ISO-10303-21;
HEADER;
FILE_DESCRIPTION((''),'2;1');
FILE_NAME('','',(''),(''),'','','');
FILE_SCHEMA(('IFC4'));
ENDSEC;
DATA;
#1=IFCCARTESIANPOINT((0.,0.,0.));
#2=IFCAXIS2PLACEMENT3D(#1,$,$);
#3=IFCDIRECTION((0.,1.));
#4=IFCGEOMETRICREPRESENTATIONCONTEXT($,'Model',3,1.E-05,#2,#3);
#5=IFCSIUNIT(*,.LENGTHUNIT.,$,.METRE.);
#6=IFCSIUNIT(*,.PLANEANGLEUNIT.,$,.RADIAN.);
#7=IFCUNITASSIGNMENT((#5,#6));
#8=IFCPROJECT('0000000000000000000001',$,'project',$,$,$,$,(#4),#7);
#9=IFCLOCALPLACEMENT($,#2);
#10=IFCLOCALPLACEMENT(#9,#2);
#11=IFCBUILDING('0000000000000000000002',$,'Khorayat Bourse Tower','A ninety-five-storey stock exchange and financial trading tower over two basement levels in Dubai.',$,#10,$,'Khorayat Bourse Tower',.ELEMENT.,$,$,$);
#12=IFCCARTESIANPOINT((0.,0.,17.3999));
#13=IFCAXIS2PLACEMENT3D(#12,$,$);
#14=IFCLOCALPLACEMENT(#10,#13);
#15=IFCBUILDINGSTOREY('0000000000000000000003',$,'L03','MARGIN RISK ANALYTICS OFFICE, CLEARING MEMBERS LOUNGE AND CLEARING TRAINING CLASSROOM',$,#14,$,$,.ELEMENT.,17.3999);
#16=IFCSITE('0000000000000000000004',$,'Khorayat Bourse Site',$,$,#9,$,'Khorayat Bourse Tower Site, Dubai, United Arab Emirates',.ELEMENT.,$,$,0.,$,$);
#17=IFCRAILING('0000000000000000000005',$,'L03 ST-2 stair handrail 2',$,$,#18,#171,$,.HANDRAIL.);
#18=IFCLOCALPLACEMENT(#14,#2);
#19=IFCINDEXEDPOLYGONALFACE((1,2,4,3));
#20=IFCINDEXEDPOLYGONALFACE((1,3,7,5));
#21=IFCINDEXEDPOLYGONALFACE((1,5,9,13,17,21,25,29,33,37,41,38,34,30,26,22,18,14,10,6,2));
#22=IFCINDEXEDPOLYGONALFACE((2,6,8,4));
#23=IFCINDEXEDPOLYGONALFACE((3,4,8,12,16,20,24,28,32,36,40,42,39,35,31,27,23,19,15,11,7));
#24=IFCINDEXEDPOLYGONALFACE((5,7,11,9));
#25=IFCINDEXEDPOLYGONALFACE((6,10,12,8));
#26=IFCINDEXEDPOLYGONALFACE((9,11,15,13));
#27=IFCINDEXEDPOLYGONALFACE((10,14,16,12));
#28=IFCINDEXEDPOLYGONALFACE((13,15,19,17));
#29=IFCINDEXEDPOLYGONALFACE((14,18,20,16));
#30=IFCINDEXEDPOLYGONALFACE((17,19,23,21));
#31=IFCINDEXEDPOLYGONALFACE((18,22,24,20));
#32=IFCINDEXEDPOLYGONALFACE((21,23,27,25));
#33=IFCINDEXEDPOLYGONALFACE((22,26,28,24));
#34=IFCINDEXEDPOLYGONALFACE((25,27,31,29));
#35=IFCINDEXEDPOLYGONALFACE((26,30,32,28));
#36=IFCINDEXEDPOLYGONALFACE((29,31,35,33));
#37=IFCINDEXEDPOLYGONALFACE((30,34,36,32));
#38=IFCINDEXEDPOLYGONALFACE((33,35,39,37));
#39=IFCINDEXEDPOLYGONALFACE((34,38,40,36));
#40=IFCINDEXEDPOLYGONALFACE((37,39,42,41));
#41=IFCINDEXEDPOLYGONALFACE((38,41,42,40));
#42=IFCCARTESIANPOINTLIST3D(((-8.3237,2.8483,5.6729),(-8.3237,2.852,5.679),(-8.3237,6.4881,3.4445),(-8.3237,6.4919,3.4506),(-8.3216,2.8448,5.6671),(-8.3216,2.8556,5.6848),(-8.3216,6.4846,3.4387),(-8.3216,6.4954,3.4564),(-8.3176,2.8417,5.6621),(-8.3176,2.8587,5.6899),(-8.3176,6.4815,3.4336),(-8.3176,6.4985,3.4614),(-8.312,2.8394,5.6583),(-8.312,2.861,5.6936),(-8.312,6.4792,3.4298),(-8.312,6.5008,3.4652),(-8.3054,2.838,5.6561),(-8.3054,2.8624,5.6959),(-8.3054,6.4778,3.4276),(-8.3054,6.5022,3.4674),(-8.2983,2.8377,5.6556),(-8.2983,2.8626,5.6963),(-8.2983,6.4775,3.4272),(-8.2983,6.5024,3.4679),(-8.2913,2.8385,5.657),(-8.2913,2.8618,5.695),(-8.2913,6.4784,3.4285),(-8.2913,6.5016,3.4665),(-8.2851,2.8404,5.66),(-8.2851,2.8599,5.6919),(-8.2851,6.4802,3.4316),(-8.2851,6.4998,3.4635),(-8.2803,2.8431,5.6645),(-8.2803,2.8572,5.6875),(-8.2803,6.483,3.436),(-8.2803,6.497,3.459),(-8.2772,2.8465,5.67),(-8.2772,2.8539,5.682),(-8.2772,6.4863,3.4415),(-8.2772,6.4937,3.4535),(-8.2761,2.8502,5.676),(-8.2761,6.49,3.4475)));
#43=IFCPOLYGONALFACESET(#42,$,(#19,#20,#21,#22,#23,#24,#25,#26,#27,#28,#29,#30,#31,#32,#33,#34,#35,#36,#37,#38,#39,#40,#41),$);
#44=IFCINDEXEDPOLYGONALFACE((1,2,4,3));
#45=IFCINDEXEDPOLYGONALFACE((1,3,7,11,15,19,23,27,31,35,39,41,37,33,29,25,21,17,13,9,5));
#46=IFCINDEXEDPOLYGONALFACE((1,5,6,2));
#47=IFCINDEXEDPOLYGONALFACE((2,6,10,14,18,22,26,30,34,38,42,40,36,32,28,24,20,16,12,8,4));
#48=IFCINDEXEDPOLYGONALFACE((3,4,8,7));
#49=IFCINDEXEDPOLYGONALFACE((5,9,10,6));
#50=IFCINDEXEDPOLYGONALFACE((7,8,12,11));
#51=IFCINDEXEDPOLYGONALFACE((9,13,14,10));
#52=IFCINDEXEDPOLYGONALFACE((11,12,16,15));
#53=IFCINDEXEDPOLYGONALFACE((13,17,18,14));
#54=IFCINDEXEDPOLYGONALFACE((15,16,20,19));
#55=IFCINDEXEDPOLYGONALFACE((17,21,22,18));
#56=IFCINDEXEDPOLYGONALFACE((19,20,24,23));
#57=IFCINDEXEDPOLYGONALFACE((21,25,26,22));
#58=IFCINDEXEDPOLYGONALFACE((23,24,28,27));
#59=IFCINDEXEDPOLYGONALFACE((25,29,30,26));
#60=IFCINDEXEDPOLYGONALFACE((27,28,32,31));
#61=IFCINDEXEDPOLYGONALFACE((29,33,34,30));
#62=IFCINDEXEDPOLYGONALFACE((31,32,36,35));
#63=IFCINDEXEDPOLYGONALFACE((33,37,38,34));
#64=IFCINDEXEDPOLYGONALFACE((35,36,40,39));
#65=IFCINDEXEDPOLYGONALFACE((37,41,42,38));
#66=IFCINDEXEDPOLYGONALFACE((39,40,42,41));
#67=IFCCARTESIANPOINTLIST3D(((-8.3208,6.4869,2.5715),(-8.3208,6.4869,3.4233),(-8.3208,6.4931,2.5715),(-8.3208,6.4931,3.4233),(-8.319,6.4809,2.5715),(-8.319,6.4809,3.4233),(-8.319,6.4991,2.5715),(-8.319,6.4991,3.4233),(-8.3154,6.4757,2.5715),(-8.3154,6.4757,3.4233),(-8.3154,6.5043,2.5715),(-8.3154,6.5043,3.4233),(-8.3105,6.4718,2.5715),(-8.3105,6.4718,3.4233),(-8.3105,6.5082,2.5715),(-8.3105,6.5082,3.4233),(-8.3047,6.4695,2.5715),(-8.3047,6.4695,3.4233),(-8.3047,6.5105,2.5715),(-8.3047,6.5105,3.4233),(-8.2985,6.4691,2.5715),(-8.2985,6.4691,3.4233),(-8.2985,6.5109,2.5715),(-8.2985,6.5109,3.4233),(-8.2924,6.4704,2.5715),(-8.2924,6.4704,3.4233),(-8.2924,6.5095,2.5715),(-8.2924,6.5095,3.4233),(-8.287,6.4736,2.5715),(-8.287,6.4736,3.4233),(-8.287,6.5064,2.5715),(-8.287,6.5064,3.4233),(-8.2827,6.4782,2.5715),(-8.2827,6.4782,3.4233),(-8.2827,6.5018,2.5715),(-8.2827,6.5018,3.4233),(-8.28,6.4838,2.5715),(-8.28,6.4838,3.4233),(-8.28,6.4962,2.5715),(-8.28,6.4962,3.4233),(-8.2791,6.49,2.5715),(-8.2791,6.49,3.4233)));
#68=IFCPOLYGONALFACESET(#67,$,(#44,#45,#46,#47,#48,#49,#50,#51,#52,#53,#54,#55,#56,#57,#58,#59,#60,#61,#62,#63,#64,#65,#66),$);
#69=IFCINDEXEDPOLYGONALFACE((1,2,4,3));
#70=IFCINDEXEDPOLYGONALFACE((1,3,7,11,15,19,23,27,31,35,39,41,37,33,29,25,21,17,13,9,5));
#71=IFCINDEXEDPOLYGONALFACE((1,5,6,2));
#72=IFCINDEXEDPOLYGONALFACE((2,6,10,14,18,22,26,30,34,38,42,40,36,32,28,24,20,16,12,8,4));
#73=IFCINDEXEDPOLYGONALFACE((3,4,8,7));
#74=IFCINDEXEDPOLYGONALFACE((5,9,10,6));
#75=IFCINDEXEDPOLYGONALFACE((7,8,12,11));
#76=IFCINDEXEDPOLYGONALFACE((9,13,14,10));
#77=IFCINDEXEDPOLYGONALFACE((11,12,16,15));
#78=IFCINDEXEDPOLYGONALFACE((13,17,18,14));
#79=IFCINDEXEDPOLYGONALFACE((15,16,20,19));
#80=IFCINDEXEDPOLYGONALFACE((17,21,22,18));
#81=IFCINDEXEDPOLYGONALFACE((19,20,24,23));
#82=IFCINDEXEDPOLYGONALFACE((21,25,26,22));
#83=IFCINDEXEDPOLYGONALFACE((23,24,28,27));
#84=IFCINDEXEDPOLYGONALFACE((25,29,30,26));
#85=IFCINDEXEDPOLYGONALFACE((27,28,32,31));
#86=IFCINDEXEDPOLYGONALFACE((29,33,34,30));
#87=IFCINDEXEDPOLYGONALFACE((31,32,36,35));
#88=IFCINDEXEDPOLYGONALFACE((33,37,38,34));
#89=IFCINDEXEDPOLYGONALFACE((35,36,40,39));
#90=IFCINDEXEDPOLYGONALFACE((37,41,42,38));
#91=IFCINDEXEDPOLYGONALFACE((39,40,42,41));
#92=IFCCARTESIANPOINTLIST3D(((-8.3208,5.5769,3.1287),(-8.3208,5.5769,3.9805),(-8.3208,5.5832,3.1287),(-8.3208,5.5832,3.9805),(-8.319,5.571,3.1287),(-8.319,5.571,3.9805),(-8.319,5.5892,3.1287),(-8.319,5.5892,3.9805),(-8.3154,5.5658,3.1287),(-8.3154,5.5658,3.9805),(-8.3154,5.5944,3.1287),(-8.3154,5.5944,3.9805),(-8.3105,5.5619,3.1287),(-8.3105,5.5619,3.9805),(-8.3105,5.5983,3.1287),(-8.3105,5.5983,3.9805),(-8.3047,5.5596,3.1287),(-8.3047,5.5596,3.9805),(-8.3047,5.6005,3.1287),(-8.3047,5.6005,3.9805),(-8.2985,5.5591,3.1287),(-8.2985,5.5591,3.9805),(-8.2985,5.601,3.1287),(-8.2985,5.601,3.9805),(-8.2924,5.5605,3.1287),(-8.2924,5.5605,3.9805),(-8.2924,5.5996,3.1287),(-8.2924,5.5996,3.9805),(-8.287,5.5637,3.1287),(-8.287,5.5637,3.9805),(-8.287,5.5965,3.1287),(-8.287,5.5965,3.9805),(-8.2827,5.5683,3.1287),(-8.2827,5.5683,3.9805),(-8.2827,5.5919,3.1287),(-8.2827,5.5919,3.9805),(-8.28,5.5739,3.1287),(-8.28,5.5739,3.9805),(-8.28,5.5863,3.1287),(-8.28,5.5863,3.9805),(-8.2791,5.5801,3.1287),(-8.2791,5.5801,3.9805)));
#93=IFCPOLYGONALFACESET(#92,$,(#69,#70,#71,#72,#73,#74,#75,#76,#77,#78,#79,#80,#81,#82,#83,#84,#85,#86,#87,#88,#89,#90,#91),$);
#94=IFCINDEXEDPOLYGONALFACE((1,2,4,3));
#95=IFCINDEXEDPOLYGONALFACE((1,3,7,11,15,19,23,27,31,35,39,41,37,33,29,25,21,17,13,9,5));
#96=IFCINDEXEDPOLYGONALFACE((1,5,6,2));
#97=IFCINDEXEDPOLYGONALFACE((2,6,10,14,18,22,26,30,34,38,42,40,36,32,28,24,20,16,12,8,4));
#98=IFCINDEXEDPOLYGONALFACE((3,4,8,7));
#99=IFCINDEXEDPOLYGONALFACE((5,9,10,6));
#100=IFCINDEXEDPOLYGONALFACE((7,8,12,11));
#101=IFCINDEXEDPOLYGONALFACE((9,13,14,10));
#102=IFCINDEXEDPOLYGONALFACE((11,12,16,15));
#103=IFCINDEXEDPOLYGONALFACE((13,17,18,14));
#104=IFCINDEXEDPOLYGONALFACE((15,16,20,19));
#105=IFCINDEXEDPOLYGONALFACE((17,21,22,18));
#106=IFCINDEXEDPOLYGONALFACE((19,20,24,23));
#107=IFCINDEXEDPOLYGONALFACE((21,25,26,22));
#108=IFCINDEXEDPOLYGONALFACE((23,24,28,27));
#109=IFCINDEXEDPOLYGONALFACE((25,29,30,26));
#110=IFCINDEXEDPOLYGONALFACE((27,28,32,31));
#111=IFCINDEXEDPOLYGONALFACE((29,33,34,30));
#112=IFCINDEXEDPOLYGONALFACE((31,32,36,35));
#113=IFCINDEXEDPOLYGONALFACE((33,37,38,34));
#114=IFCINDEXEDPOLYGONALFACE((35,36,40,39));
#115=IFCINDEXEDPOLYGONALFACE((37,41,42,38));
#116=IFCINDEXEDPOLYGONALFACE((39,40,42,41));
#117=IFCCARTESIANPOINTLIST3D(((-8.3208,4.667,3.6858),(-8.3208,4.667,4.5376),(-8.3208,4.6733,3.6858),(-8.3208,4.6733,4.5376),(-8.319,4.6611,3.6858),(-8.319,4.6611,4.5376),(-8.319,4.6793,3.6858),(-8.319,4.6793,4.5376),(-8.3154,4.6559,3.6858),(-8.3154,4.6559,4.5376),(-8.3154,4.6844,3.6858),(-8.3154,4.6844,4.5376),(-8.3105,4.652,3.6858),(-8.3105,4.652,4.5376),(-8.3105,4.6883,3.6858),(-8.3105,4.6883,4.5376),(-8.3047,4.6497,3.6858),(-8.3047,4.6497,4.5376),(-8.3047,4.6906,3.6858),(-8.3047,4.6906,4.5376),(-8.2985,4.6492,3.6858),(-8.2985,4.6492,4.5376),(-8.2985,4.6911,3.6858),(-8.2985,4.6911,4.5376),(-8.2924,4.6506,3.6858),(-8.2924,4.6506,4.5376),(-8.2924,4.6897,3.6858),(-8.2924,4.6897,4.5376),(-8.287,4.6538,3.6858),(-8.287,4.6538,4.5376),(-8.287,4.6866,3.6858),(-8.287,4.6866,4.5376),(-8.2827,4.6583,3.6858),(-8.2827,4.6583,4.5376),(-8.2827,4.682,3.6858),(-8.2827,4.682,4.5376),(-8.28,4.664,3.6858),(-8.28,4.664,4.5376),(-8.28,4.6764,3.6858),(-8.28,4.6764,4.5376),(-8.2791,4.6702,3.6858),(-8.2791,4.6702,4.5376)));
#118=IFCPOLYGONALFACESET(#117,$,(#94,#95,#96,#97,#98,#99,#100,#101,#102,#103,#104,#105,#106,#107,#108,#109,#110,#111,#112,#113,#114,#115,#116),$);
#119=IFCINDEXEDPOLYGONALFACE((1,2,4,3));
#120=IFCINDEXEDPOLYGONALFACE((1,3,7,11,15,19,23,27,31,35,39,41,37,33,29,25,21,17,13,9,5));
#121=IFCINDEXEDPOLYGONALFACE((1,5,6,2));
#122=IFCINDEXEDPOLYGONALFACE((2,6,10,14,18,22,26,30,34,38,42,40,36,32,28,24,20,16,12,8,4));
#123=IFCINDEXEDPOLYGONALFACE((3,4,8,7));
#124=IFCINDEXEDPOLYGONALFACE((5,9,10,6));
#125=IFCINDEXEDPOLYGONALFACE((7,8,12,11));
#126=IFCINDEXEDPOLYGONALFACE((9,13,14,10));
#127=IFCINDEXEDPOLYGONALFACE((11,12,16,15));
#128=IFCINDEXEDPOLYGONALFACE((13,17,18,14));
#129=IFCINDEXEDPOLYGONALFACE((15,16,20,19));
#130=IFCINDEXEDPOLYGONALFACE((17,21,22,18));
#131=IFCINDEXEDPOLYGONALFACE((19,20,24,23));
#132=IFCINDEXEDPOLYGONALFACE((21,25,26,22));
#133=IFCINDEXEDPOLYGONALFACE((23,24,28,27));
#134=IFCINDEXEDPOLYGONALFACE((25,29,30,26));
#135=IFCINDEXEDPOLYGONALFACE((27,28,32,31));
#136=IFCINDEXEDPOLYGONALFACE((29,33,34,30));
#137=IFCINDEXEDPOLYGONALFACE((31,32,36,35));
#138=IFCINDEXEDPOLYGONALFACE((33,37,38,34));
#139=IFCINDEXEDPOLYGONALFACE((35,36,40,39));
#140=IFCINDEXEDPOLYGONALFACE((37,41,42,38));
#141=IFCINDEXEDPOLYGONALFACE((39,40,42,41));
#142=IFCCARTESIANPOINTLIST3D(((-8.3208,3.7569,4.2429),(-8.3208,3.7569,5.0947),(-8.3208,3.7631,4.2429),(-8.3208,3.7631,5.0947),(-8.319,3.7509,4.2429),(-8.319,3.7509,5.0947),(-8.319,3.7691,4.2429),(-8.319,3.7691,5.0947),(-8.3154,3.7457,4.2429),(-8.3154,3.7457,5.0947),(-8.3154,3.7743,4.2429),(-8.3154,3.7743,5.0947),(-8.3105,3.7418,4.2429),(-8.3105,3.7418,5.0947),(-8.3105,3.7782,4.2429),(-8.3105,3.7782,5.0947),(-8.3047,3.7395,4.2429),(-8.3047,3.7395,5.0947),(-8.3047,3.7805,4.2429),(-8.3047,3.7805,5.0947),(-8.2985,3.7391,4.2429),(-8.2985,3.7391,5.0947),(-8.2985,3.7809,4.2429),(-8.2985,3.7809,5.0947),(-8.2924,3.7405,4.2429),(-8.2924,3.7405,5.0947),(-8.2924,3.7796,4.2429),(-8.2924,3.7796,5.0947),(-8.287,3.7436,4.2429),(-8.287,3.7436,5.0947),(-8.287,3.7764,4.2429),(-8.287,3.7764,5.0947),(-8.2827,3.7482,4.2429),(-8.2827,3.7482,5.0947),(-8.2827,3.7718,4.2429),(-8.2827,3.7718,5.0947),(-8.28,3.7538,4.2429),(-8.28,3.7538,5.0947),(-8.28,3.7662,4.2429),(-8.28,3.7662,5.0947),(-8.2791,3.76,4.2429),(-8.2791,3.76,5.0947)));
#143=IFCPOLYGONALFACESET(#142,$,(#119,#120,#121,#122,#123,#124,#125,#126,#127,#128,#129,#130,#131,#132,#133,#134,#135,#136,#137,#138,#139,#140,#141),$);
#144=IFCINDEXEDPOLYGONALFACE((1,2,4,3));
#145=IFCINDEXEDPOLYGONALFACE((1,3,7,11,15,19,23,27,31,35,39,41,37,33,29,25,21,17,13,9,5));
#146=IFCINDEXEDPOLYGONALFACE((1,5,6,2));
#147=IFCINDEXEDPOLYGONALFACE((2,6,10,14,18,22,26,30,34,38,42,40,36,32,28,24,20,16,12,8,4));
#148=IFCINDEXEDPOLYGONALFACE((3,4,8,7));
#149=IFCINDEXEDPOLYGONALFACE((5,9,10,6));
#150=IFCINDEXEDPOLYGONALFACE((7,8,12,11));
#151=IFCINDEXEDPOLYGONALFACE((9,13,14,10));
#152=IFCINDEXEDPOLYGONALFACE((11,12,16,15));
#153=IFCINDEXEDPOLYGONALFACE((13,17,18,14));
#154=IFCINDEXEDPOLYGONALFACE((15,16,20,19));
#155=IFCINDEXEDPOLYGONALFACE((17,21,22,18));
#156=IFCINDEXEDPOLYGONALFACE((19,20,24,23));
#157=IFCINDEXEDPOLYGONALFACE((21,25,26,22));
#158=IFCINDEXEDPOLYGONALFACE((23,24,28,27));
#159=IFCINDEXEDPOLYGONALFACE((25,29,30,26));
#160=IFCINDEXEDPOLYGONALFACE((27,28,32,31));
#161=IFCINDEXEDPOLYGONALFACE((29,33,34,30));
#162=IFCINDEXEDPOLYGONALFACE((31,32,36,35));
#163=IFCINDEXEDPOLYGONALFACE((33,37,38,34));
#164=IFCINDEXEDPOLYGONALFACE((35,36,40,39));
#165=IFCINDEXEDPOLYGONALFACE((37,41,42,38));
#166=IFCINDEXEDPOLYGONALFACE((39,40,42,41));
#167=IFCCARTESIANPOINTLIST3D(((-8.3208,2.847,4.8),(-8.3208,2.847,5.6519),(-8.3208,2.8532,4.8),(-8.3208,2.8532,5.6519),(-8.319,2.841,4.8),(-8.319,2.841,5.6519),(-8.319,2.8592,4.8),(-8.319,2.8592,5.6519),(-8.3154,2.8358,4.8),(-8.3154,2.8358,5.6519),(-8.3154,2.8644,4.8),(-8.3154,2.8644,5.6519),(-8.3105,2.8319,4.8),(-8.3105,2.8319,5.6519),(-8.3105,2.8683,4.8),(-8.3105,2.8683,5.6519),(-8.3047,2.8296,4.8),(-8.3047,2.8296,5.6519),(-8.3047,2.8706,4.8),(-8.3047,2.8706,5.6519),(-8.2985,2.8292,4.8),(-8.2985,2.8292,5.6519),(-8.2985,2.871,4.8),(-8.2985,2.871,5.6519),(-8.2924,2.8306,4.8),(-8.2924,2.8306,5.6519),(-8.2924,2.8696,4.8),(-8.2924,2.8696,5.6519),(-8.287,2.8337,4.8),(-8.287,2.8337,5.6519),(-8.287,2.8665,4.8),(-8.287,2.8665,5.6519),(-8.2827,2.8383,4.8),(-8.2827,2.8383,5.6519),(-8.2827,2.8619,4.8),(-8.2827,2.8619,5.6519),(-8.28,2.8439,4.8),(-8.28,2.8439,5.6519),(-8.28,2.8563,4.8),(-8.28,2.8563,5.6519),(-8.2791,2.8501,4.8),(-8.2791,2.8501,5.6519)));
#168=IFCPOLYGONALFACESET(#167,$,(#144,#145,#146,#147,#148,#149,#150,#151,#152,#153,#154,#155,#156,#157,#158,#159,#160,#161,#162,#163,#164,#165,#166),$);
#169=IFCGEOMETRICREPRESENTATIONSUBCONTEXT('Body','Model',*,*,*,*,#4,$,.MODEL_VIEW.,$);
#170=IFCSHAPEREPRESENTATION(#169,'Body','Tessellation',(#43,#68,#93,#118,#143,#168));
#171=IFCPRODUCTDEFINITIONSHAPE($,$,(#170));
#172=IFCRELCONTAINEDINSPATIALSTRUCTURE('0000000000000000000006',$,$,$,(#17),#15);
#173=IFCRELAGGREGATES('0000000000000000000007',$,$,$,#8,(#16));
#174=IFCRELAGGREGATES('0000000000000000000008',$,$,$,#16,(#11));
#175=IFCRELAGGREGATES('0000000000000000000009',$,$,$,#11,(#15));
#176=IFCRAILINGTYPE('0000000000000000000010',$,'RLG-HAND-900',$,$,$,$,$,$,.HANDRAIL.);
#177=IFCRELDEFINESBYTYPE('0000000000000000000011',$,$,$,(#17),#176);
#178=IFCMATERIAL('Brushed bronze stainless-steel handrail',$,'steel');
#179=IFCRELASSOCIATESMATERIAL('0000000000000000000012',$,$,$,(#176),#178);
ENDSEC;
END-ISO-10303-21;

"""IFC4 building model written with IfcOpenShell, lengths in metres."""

from ifc_helpers import new_model, si_unit, direction, frame, origin, origin_2d, place, context, subcontext, project, spatial, circle, extrude, source, transform, mapped, material, type_object, element, save


model = new_model("IFC4")

# Units and contexts
model_context = context("Model", 3, precision=1e-05, world=origin(), true_north=direction((0.0, 1.0)))
body_context = subcontext(model_context, "Body", "Model", "MODEL_VIEW")
ifc_project = project(units=[si_unit("LENGTHUNIT", "METRE"), si_unit("PLANEANGLEUNIT", "RADIAN")], contexts=[model_context])

# Site, building, storey
site_placement = place(None, origin())
site = spatial("IfcSite", under=ifc_project, at=site_placement, Name="Khorayat Bourse Site", LongName="Khorayat Bourse Tower Site, Dubai, United Arab Emirates", CompositionType="ELEMENT", RefElevation=0.0)
building_placement = place(site_placement, origin())
building = spatial("IfcBuilding", under=site, at=building_placement, Name="Khorayat Bourse Tower", Description="A ninety-five-storey stock exchange and financial trading tower over two basement levels in Dubai.", LongName="Khorayat Bourse Tower", CompositionType="ELEMENT")
storey_placement = place(building_placement, frame((0.0, 0.0, 17.3999)))
storey = spatial("IfcBuildingStorey", under=building, at=storey_placement, Name="L03", Description="MARGIN RISK ANALYTICS OFFICE, CLEARING MEMBERS LOUNGE AND CLEARING TRAINING CLASSROOM", CompositionType="ELEMENT", Elevation=17.3999)

# Railing
ifc_material_1 = material(Name="Brushed bronze stainless-steel handrail", Category="steel")
railing_type_1 = type_object("IfcRailingType", Name="RLG-HAND-900", PredefinedType="HANDRAIL", material=ifc_material_1)
shared_shape_1 = source(origin(), body_context, "Body", "SweptSolid", [
    extrude(circle(Radius=0.0239, at=origin_2d()), frame((0.0, 0.0, 0.876), z_axis=(0.0, -0.85285, 0.522156), x_axis=(1.0, 0.0, 0.0)), (0.0, 0.0, 1.0), 4.2678),
    extrude(circle(Radius=0.021, at=origin_2d()), origin(), (0.0, 0.0, 1.0), 0.8518),
    extrude(circle(Radius=0.021, at=origin_2d()), frame((0.0, -0.9099, 0.5571)), (0.0, 0.0, 1.0), 0.8518),
    extrude(circle(Radius=0.021, at=origin_2d()), frame((0.0, -1.8198, 1.1143)), (0.0, 0.0, 1.0), 0.8518),
    extrude(circle(Radius=0.021, at=origin_2d()), frame((0.0, -2.73, 1.6714)), (0.0, 0.0, 1.0), 0.8518),
    extrude(circle(Radius=0.021, at=origin_2d()), frame((0.0, -3.6399, 2.2285)), (0.0, 0.0, 1.0), 0.8518),
])
railing_1_placement = place(storey_placement, frame((-8.3, 6.49, 2.5715)))
element("IfcRailing", 1, at=railing_1_placement, inside=storey, type_object=railing_type_1, Name="L03 ST-2 stair handrail 2", PredefinedType="HANDRAIL", context=body_context, shape_type="MappedRepresentation", body=[
    mapped(shared_shape_1, transform((0.0, 0.0, 0.0), scale=1.0)),
])

save(model, "model.ifc")
